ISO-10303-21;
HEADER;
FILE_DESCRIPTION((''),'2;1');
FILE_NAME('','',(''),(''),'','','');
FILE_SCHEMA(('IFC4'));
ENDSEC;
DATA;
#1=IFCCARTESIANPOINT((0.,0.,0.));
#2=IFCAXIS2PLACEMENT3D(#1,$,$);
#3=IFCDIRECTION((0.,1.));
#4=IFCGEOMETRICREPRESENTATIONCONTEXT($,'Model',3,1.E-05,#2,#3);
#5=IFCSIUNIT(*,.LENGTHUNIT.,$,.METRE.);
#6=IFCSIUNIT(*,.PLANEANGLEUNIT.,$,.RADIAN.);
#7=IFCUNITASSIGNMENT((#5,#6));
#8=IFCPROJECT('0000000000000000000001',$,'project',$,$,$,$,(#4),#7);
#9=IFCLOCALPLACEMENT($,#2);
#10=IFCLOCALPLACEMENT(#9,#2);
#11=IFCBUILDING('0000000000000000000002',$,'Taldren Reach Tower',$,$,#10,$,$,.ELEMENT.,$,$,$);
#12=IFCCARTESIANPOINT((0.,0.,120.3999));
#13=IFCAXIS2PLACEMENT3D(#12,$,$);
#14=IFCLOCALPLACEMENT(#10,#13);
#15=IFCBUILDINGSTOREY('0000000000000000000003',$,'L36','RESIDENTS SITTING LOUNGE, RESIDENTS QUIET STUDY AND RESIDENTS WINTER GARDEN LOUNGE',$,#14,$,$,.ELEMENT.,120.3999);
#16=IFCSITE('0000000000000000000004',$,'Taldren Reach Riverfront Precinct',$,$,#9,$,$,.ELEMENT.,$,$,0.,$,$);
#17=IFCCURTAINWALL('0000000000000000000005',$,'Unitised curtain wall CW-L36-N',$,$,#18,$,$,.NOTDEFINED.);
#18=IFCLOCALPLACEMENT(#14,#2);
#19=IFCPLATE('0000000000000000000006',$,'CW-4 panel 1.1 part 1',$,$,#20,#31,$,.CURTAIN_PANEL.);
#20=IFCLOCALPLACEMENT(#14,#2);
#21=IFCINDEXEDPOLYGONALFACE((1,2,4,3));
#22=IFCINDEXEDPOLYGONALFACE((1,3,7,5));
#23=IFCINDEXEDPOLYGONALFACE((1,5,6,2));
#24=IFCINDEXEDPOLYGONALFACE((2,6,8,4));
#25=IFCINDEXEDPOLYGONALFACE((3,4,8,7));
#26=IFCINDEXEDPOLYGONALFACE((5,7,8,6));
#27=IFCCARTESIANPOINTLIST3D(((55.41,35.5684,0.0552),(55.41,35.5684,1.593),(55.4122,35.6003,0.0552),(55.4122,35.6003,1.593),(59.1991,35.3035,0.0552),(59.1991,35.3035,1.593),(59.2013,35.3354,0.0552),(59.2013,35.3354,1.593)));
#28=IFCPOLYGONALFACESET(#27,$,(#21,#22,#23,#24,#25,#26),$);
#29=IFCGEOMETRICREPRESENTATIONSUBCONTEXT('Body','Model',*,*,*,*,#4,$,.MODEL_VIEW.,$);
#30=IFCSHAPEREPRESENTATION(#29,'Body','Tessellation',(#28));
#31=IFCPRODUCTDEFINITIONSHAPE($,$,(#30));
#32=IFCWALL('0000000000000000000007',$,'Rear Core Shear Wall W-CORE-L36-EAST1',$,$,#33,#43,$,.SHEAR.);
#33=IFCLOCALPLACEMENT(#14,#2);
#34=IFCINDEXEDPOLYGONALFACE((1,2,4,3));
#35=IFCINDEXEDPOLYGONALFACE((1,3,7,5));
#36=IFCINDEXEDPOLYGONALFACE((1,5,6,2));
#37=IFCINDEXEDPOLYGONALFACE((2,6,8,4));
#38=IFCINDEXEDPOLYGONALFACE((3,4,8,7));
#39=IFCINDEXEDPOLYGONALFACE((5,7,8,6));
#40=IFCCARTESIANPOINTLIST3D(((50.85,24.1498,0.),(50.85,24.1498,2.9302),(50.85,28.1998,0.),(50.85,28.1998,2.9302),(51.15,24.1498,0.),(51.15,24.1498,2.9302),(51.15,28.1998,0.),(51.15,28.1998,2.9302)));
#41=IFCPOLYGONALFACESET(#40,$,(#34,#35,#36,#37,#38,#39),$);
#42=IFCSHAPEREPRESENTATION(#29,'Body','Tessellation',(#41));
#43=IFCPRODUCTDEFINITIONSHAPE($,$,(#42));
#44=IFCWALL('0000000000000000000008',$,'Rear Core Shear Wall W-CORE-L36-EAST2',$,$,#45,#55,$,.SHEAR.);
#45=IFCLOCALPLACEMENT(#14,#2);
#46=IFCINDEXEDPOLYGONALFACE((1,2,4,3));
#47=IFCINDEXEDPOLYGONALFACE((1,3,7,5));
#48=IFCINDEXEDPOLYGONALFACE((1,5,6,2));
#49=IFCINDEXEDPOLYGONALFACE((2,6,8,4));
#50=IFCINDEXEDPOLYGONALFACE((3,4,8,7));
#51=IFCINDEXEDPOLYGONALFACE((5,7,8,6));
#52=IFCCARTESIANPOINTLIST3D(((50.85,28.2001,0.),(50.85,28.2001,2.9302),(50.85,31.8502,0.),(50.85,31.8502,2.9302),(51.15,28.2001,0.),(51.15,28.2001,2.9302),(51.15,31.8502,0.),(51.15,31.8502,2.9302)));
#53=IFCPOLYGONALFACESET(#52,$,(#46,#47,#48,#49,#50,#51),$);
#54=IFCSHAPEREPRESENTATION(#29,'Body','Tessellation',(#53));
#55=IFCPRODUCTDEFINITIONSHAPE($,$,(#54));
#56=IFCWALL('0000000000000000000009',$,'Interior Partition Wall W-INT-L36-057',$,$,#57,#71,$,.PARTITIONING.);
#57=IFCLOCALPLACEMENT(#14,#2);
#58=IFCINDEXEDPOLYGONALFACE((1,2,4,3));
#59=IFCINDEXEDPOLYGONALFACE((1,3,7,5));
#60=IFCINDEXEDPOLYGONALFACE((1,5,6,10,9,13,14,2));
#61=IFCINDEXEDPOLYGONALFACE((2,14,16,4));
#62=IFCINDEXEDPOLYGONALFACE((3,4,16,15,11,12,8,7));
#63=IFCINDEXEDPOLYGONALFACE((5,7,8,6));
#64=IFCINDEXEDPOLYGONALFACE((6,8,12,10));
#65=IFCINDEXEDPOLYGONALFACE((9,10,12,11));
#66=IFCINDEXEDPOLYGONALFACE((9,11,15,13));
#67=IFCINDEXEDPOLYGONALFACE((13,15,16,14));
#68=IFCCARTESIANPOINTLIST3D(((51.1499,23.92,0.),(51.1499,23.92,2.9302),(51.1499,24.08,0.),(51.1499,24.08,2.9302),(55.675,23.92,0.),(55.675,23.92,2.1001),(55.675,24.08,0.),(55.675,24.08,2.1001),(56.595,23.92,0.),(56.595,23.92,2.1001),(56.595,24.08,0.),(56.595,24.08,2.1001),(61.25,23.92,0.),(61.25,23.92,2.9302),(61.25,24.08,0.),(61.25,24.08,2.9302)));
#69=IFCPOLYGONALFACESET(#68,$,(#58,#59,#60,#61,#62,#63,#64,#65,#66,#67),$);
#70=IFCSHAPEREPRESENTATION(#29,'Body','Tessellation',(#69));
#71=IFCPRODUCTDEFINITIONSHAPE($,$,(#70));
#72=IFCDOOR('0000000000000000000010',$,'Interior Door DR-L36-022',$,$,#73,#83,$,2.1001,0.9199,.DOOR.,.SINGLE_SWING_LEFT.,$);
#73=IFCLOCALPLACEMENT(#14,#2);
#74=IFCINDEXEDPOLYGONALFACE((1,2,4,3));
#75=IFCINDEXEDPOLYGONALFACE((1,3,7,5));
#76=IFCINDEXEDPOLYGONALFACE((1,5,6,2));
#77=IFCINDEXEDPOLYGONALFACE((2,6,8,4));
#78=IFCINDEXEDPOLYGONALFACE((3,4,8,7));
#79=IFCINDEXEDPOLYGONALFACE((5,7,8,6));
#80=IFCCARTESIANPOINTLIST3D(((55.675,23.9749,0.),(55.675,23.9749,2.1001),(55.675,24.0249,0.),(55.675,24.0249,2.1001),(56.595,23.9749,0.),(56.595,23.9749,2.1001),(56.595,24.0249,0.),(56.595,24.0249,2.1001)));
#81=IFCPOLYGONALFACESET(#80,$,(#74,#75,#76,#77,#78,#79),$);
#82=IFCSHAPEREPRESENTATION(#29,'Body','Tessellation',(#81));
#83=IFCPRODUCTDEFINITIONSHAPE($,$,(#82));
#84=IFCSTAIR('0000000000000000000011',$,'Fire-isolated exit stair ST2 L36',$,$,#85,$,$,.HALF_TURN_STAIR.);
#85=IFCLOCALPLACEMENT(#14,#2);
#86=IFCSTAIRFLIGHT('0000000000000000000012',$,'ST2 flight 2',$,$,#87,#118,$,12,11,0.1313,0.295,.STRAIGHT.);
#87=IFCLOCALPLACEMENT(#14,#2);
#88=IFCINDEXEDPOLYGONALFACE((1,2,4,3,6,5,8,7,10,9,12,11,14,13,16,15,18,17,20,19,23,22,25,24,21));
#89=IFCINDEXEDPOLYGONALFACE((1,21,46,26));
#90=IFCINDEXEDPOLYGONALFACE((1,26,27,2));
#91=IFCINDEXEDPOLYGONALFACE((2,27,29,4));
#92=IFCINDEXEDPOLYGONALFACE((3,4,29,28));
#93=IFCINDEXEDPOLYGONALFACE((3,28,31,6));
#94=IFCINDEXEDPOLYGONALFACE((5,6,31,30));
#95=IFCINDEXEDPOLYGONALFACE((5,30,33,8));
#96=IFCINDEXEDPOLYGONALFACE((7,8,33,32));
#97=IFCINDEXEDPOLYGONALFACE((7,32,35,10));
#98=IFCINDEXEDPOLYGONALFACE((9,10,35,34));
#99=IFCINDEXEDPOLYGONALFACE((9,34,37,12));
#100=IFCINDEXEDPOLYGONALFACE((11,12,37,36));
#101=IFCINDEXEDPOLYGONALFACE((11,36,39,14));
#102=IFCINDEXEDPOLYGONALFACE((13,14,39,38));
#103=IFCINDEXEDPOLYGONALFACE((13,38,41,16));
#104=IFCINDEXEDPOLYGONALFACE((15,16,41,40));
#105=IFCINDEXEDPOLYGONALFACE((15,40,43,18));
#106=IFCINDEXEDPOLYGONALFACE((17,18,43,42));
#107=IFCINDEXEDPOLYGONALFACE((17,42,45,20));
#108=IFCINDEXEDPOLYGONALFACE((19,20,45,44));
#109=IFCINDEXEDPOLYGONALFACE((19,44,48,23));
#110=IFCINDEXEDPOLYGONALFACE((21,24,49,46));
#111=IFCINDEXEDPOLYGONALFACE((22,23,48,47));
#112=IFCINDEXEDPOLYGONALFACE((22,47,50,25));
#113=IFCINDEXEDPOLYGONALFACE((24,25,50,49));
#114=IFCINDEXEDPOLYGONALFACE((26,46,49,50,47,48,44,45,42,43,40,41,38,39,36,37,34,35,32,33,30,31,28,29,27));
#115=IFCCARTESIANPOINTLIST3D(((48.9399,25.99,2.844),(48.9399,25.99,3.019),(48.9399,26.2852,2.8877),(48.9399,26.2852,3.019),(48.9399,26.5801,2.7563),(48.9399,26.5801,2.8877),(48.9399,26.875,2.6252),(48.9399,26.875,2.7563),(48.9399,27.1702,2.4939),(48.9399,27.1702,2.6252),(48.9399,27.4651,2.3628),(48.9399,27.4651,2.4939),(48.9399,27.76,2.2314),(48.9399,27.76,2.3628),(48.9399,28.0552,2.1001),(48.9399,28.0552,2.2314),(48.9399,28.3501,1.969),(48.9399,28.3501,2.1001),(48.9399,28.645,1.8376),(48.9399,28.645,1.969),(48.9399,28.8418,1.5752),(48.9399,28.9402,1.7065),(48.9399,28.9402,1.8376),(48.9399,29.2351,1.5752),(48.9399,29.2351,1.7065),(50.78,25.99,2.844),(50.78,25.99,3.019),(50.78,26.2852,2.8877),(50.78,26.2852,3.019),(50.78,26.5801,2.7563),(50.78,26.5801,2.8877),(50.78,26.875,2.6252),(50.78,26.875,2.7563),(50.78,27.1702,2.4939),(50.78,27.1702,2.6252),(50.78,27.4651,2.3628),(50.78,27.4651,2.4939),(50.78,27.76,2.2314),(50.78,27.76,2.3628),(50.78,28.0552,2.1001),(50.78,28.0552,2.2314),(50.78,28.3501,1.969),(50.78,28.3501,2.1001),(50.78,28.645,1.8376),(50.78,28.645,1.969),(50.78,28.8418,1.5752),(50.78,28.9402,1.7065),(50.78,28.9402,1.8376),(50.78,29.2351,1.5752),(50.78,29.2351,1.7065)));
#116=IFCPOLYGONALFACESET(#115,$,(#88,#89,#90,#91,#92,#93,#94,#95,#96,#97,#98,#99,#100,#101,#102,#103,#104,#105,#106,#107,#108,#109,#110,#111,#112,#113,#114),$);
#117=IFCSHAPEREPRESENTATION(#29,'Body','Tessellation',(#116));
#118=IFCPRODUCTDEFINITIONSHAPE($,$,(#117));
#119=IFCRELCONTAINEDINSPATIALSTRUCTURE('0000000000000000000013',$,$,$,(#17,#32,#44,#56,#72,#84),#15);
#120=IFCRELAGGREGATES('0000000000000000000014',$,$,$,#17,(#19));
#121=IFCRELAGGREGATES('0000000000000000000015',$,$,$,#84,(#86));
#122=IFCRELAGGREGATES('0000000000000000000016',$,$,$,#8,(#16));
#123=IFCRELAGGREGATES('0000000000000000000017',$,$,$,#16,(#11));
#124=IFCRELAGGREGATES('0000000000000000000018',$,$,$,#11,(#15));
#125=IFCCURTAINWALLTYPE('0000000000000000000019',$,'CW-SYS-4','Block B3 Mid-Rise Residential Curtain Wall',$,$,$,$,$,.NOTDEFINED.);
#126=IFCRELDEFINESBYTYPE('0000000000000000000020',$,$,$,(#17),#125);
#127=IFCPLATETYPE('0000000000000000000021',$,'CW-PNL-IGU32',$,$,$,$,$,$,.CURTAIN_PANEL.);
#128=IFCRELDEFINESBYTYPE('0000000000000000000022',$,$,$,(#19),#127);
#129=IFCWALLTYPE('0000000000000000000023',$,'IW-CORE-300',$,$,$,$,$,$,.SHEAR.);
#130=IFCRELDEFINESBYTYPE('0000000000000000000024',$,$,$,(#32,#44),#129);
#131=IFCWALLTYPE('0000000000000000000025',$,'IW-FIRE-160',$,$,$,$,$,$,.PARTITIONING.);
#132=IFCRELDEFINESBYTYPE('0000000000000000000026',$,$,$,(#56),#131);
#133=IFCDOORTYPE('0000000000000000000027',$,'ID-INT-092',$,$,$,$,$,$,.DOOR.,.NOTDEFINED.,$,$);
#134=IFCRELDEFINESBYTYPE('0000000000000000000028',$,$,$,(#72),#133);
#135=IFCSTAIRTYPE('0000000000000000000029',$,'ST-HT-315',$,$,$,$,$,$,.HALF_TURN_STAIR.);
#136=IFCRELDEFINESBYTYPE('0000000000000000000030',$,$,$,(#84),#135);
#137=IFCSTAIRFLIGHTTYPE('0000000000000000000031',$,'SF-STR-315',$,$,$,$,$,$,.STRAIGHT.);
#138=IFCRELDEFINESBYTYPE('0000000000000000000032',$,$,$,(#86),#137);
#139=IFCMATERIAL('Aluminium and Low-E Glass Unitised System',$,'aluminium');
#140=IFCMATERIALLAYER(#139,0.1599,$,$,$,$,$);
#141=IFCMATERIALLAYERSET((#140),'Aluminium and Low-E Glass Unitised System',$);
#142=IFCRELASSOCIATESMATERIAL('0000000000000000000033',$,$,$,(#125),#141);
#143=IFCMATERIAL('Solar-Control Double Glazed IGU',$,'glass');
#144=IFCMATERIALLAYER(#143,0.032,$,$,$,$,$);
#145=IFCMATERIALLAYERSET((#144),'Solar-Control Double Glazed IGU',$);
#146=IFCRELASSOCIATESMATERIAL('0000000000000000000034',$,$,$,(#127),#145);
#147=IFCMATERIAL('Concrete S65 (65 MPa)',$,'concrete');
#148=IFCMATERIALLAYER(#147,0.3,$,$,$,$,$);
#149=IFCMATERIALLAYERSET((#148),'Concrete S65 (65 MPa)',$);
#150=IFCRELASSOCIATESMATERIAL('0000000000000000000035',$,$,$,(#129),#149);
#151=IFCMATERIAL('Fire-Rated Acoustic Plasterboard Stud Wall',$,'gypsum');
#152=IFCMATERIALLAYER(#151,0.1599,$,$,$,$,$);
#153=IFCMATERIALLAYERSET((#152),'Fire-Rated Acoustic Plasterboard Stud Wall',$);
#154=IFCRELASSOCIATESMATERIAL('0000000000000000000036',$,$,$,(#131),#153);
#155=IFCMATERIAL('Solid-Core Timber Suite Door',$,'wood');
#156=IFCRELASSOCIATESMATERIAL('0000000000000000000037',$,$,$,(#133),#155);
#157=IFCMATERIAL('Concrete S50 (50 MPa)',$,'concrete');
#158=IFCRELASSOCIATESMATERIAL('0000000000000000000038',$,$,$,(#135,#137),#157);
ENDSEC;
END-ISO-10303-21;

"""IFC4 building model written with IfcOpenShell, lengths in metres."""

from ifc_helpers import new_model, si_unit, direction, frame, frame_2d, origin, origin_2d, place, context, subcontext, project, spatial, polyline, rectangle, outline, extrude, source, transform, mapped, material, layer, layer_set, type_object, element, fill, aggregate, save


model = new_model("IFC4")

# Units and contexts
model_context = context("Model", 3, precision=1e-05, world=origin(), true_north=direction((0.0, 1.0)))
body_context = subcontext(model_context, "Body", "Model", "MODEL_VIEW")
ifc_project = project(units=[si_unit("LENGTHUNIT", "METRE"), si_unit("PLANEANGLEUNIT", "RADIAN")], contexts=[model_context])

# Site, building, storey
site_placement = place(None, origin())
site = spatial("IfcSite", under=ifc_project, at=site_placement, Name="Taldren Reach Riverfront Precinct", CompositionType="ELEMENT", RefElevation=0.0)
building_placement = place(site_placement, origin())
building = spatial("IfcBuilding", under=site, at=building_placement, Name="Taldren Reach Tower", CompositionType="ELEMENT")
storey_placement = place(building_placement, frame((0.0, 0.0, 120.3999)))
storey = spatial("IfcBuildingStorey", under=building, at=storey_placement, Name="L36", Description="RESIDENTS SITTING LOUNGE, RESIDENTS QUIET STUDY AND RESIDENTS WINTER GARDEN LOUNGE", CompositionType="ELEMENT", Elevation=120.3999)

# Curtain wall, plate
ifc_material_1 = material(Name="Aluminium and Low-E Glass Unitised System", Category="aluminium")
ifc_layer_1 = layer(ifc_material_1, 0.1599)
ifc_layer_set_1 = layer_set([ifc_layer_1], Name="Aluminium and Low-E Glass Unitised System")
curtain_wall_type = type_object("IfcCurtainWallType", Name="CW-SYS-4", Description="Block B3 Mid-Rise Residential Curtain Wall", PredefinedType="NOTDEFINED", material=ifc_layer_set_1)
curtain_wall_placement = place(storey_placement, origin())
curtain_wall = element("IfcCurtainWall", 1, at=curtain_wall_placement, inside=storey, type_object=curtain_wall_type, Name="Unitised curtain wall CW-L36-N", PredefinedType="NOTDEFINED")
ifc_material_2 = material(Name="Solar-Control Double Glazed IGU", Category="glass")
ifc_layer_2 = layer(ifc_material_2, 0.032)
ifc_layer_set_2 = layer_set([ifc_layer_2], Name="Solar-Control Double Glazed IGU")
plate_type_1 = type_object("IfcPlateType", Name="CW-PNL-IGU32", PredefinedType="CURTAIN_PANEL", material=ifc_layer_set_2)
shared_shape_1 = source(origin(), body_context, "Body", "SweptSolid", [
    extrude(rectangle(XDim=3.7983, YDim=0.032, at=origin_2d()), origin(), (0.0, 0.0, 1.0), 1.5378),
])
plate_1_placement = place(storey_placement, frame((57.3057, 35.4519, 0.0552), z_axis=(0.0, 0.0, 1.0), x_axis=(-0.997564, 0.069757, 0.0)))
plate_1 = element("IfcPlate", 2, at=plate_1_placement, type_object=plate_type_1, Name="CW-4 panel 1.1 part 1", PredefinedType="CURTAIN_PANEL", context=body_context, shape_type="MappedRepresentation", body=[
    mapped(shared_shape_1, transform((0.0, 0.0, 0.0), scale=1.0)),
])
aggregate(curtain_wall, [plate_1])

# Walls
ifc_material_3 = material(Name="Concrete S65 (65 MPa)", Category="concrete")
ifc_layer_3 = layer(ifc_material_3, 0.3)
ifc_layer_set_3 = layer_set([ifc_layer_3], Name="Concrete S65 (65 MPa)")
wall_type_1 = type_object("IfcWallType", Name="IW-CORE-300", PredefinedType="SHEAR", material=ifc_layer_set_3)
shared_shape_2 = source(origin(), body_context, "Body", "SweptSolid", [
    extrude(rectangle(XDim=4.05, YDim=0.3, at=frame_2d((2.0249, 0.0))), origin(), (0.0, 0.0, 1.0), 2.9302),
])
wall_1_placement = place(storey_placement, frame((51.0, 24.1499, 0.0), z_axis=(0.0, 0.0, 1.0), x_axis=(0.0, 1.0, 0.0)))
element("IfcWall", 3, at=wall_1_placement, inside=storey, type_object=wall_type_1, Name="Rear Core Shear Wall W-CORE-L36-EAST1", PredefinedType="SHEAR", context=body_context, shape_type="MappedRepresentation", body=[
    mapped(shared_shape_2, transform((0.0, 0.0, 0.0), scale=1.0)),
])
shared_shape_3 = source(origin(), body_context, "Body", "SweptSolid", [
    extrude(rectangle(XDim=3.6501, YDim=0.3, at=frame_2d((1.8252, 0.0))), origin(), (0.0, 0.0, 1.0), 2.9302),
])
wall_2_placement = place(storey_placement, frame((51.0, 28.2, 0.0), z_axis=(0.0, 0.0, 1.0), x_axis=(0.0, 1.0, 0.0)))
element("IfcWall", 4, at=wall_2_placement, inside=storey, type_object=wall_type_1, Name="Rear Core Shear Wall W-CORE-L36-EAST2", PredefinedType="SHEAR", context=body_context, shape_type="MappedRepresentation", body=[
    mapped(shared_shape_3, transform((0.0, 0.0, 0.0), scale=1.0)),
])

# Wall, opening, door
ifc_material_4 = material(Name="Fire-Rated Acoustic Plasterboard Stud Wall", Category="gypsum")
ifc_layer_4 = layer(ifc_material_4, 0.1599)
ifc_layer_set_4 = layer_set([ifc_layer_4], Name="Fire-Rated Acoustic Plasterboard Stud Wall")
wall_type_2 = type_object("IfcWallType", Name="IW-FIRE-160", PredefinedType="PARTITIONING", material=ifc_layer_set_4)
shared_shape_4 = source(origin(), body_context, "Body", "SweptSolid", [
    extrude(rectangle(XDim=10.1001, YDim=0.1599, at=frame_2d((5.05, 0.0))), origin(), (0.0, 0.0, 1.0), 2.9302),
])
wall_3_placement = place(storey_placement, frame((51.1499, 24.0, 0.0), z_axis=(0.0, 0.0, 1.0), x_axis=(1.0, 0.0, 0.0)))
wall_3 = element("IfcWall", 5, at=wall_3_placement, inside=storey, type_object=wall_type_2, Name="Interior Partition Wall W-INT-L36-057", PredefinedType="PARTITIONING", context=body_context, shape_type="MappedRepresentation", body=[
    mapped(shared_shape_4, transform((0.0, 0.0, 0.0), scale=1.0)),
])
shared_shape_5 = source(origin(), body_context, "Body", "SweptSolid", [
    extrude(rectangle(XDim=0.9199, YDim=2.1001, at=frame_2d((0.46, 1.05))), frame((0.0, 0.0898, 0.0), z_axis=(0.0, -1.0, 0.0), x_axis=(1.0, 0.0, 0.0)), (0.0, 0.0, 1.0), 0.1799),
])
opening_placement = place(wall_3_placement, frame((4.5251, 0.0, 0.0)))
opening = element("IfcOpeningElement", 6, at=opening_placement, cuts=wall_3, PredefinedType="OPENING", context=body_context, shape_type="MappedRepresentation", body=[
    mapped(shared_shape_5, transform((0.0, 0.0, 0.0), scale=1.0)),
])
ifc_material_5 = material(Name="Solid-Core Timber Suite Door", Category="wood")
door_type = type_object("IfcDoorType", Name="ID-INT-092", OperationType="NOTDEFINED", PredefinedType="DOOR", material=ifc_material_5)
shared_shape_6 = source(origin(), body_context, "Body", "SweptSolid", [
    extrude(rectangle(XDim=0.9199, YDim=2.1001, at=frame_2d((0.46, 1.05))), frame((0.0, 0.0249, 0.0), z_axis=(0.0, -1.0, 0.0), x_axis=(1.0, 0.0, 0.0)), (0.0, 0.0, 1.0), 0.05),
])
door_placement = place(opening_placement, origin())
door = element("IfcDoor", 7, at=door_placement, inside=storey, type_object=door_type, Name="Interior Door DR-L36-022", OperationType="SINGLE_SWING_LEFT", OverallHeight=2.1001, OverallWidth=0.9199, PredefinedType="DOOR", context=body_context, shape_type="MappedRepresentation", body=[
    mapped(shared_shape_6, transform((0.0, 0.0, 0.0), scale=1.0)),
])
fill(opening, door)

# Stair, stair flight
ifc_material_6 = material(Name="Concrete S50 (50 MPa)", Category="concrete")
stair_type = type_object("IfcStairType", Name="ST-HT-315", PredefinedType="HALF_TURN_STAIR", material=ifc_material_6)
stair_placement = place(storey_placement, origin())
stair = element("IfcStair", 8, at=stair_placement, inside=storey, type_object=stair_type, Name="Fire-isolated exit stair ST2 L36", PredefinedType="HALF_TURN_STAIR")
stair_flight_type = type_object("IfcStairFlightType", Name="SF-STR-315", PredefinedType="STRAIGHT", material=ifc_material_6)
stair_flight_placement = place(storey_placement, frame((49.8601, 29.2351, 1.5752), z_axis=(0.0, 0.0, 1.0), x_axis=(0.0, -1.0, 0.0)))
stair_flight = element("IfcStairFlight", 9, at=stair_flight_placement, type_object=stair_flight_type, Name="ST2 flight 2", NumberOfRisers=12, NumberOfTreads=11, PredefinedType="STRAIGHT", RiserHeight=0.1313, TreadLength=0.295, context=body_context, shape_type="SweptSolid", body=[
    extrude(outline(polyline([(0.0, 0.0), (0.0, 0.1313), (0.2949, 0.1313), (0.2949, 0.2625), (0.5901, 0.2625), (0.5901, 0.3938), (0.885, 0.3938), (0.885, 0.5249), (1.1799, 0.5249), (1.1799, 0.6562), (1.4751, 0.6562), (1.4751, 0.7876), (1.77, 0.7876), (1.77, 0.9187), (2.0649, 0.9187), (2.0649, 1.05), (2.3601, 1.05), (2.3601, 1.1812), (2.655, 1.1812), (2.655, 1.3125), (2.95, 1.3125), (2.95, 1.4438), (3.2451, 1.4438), (3.2451, 1.575), (3.2451, 1.2688), (0.3933, 0.0), (0.0, 0.0)])), frame((0.0, 0.9199, 0.0), z_axis=(0.0, -1.0, 0.0), x_axis=(1.0, 0.0, 0.0)), (0.0, 0.0, 1.0), 1.8401),
])
aggregate(stair, [stair_flight])

save(model, "model.ifc")
